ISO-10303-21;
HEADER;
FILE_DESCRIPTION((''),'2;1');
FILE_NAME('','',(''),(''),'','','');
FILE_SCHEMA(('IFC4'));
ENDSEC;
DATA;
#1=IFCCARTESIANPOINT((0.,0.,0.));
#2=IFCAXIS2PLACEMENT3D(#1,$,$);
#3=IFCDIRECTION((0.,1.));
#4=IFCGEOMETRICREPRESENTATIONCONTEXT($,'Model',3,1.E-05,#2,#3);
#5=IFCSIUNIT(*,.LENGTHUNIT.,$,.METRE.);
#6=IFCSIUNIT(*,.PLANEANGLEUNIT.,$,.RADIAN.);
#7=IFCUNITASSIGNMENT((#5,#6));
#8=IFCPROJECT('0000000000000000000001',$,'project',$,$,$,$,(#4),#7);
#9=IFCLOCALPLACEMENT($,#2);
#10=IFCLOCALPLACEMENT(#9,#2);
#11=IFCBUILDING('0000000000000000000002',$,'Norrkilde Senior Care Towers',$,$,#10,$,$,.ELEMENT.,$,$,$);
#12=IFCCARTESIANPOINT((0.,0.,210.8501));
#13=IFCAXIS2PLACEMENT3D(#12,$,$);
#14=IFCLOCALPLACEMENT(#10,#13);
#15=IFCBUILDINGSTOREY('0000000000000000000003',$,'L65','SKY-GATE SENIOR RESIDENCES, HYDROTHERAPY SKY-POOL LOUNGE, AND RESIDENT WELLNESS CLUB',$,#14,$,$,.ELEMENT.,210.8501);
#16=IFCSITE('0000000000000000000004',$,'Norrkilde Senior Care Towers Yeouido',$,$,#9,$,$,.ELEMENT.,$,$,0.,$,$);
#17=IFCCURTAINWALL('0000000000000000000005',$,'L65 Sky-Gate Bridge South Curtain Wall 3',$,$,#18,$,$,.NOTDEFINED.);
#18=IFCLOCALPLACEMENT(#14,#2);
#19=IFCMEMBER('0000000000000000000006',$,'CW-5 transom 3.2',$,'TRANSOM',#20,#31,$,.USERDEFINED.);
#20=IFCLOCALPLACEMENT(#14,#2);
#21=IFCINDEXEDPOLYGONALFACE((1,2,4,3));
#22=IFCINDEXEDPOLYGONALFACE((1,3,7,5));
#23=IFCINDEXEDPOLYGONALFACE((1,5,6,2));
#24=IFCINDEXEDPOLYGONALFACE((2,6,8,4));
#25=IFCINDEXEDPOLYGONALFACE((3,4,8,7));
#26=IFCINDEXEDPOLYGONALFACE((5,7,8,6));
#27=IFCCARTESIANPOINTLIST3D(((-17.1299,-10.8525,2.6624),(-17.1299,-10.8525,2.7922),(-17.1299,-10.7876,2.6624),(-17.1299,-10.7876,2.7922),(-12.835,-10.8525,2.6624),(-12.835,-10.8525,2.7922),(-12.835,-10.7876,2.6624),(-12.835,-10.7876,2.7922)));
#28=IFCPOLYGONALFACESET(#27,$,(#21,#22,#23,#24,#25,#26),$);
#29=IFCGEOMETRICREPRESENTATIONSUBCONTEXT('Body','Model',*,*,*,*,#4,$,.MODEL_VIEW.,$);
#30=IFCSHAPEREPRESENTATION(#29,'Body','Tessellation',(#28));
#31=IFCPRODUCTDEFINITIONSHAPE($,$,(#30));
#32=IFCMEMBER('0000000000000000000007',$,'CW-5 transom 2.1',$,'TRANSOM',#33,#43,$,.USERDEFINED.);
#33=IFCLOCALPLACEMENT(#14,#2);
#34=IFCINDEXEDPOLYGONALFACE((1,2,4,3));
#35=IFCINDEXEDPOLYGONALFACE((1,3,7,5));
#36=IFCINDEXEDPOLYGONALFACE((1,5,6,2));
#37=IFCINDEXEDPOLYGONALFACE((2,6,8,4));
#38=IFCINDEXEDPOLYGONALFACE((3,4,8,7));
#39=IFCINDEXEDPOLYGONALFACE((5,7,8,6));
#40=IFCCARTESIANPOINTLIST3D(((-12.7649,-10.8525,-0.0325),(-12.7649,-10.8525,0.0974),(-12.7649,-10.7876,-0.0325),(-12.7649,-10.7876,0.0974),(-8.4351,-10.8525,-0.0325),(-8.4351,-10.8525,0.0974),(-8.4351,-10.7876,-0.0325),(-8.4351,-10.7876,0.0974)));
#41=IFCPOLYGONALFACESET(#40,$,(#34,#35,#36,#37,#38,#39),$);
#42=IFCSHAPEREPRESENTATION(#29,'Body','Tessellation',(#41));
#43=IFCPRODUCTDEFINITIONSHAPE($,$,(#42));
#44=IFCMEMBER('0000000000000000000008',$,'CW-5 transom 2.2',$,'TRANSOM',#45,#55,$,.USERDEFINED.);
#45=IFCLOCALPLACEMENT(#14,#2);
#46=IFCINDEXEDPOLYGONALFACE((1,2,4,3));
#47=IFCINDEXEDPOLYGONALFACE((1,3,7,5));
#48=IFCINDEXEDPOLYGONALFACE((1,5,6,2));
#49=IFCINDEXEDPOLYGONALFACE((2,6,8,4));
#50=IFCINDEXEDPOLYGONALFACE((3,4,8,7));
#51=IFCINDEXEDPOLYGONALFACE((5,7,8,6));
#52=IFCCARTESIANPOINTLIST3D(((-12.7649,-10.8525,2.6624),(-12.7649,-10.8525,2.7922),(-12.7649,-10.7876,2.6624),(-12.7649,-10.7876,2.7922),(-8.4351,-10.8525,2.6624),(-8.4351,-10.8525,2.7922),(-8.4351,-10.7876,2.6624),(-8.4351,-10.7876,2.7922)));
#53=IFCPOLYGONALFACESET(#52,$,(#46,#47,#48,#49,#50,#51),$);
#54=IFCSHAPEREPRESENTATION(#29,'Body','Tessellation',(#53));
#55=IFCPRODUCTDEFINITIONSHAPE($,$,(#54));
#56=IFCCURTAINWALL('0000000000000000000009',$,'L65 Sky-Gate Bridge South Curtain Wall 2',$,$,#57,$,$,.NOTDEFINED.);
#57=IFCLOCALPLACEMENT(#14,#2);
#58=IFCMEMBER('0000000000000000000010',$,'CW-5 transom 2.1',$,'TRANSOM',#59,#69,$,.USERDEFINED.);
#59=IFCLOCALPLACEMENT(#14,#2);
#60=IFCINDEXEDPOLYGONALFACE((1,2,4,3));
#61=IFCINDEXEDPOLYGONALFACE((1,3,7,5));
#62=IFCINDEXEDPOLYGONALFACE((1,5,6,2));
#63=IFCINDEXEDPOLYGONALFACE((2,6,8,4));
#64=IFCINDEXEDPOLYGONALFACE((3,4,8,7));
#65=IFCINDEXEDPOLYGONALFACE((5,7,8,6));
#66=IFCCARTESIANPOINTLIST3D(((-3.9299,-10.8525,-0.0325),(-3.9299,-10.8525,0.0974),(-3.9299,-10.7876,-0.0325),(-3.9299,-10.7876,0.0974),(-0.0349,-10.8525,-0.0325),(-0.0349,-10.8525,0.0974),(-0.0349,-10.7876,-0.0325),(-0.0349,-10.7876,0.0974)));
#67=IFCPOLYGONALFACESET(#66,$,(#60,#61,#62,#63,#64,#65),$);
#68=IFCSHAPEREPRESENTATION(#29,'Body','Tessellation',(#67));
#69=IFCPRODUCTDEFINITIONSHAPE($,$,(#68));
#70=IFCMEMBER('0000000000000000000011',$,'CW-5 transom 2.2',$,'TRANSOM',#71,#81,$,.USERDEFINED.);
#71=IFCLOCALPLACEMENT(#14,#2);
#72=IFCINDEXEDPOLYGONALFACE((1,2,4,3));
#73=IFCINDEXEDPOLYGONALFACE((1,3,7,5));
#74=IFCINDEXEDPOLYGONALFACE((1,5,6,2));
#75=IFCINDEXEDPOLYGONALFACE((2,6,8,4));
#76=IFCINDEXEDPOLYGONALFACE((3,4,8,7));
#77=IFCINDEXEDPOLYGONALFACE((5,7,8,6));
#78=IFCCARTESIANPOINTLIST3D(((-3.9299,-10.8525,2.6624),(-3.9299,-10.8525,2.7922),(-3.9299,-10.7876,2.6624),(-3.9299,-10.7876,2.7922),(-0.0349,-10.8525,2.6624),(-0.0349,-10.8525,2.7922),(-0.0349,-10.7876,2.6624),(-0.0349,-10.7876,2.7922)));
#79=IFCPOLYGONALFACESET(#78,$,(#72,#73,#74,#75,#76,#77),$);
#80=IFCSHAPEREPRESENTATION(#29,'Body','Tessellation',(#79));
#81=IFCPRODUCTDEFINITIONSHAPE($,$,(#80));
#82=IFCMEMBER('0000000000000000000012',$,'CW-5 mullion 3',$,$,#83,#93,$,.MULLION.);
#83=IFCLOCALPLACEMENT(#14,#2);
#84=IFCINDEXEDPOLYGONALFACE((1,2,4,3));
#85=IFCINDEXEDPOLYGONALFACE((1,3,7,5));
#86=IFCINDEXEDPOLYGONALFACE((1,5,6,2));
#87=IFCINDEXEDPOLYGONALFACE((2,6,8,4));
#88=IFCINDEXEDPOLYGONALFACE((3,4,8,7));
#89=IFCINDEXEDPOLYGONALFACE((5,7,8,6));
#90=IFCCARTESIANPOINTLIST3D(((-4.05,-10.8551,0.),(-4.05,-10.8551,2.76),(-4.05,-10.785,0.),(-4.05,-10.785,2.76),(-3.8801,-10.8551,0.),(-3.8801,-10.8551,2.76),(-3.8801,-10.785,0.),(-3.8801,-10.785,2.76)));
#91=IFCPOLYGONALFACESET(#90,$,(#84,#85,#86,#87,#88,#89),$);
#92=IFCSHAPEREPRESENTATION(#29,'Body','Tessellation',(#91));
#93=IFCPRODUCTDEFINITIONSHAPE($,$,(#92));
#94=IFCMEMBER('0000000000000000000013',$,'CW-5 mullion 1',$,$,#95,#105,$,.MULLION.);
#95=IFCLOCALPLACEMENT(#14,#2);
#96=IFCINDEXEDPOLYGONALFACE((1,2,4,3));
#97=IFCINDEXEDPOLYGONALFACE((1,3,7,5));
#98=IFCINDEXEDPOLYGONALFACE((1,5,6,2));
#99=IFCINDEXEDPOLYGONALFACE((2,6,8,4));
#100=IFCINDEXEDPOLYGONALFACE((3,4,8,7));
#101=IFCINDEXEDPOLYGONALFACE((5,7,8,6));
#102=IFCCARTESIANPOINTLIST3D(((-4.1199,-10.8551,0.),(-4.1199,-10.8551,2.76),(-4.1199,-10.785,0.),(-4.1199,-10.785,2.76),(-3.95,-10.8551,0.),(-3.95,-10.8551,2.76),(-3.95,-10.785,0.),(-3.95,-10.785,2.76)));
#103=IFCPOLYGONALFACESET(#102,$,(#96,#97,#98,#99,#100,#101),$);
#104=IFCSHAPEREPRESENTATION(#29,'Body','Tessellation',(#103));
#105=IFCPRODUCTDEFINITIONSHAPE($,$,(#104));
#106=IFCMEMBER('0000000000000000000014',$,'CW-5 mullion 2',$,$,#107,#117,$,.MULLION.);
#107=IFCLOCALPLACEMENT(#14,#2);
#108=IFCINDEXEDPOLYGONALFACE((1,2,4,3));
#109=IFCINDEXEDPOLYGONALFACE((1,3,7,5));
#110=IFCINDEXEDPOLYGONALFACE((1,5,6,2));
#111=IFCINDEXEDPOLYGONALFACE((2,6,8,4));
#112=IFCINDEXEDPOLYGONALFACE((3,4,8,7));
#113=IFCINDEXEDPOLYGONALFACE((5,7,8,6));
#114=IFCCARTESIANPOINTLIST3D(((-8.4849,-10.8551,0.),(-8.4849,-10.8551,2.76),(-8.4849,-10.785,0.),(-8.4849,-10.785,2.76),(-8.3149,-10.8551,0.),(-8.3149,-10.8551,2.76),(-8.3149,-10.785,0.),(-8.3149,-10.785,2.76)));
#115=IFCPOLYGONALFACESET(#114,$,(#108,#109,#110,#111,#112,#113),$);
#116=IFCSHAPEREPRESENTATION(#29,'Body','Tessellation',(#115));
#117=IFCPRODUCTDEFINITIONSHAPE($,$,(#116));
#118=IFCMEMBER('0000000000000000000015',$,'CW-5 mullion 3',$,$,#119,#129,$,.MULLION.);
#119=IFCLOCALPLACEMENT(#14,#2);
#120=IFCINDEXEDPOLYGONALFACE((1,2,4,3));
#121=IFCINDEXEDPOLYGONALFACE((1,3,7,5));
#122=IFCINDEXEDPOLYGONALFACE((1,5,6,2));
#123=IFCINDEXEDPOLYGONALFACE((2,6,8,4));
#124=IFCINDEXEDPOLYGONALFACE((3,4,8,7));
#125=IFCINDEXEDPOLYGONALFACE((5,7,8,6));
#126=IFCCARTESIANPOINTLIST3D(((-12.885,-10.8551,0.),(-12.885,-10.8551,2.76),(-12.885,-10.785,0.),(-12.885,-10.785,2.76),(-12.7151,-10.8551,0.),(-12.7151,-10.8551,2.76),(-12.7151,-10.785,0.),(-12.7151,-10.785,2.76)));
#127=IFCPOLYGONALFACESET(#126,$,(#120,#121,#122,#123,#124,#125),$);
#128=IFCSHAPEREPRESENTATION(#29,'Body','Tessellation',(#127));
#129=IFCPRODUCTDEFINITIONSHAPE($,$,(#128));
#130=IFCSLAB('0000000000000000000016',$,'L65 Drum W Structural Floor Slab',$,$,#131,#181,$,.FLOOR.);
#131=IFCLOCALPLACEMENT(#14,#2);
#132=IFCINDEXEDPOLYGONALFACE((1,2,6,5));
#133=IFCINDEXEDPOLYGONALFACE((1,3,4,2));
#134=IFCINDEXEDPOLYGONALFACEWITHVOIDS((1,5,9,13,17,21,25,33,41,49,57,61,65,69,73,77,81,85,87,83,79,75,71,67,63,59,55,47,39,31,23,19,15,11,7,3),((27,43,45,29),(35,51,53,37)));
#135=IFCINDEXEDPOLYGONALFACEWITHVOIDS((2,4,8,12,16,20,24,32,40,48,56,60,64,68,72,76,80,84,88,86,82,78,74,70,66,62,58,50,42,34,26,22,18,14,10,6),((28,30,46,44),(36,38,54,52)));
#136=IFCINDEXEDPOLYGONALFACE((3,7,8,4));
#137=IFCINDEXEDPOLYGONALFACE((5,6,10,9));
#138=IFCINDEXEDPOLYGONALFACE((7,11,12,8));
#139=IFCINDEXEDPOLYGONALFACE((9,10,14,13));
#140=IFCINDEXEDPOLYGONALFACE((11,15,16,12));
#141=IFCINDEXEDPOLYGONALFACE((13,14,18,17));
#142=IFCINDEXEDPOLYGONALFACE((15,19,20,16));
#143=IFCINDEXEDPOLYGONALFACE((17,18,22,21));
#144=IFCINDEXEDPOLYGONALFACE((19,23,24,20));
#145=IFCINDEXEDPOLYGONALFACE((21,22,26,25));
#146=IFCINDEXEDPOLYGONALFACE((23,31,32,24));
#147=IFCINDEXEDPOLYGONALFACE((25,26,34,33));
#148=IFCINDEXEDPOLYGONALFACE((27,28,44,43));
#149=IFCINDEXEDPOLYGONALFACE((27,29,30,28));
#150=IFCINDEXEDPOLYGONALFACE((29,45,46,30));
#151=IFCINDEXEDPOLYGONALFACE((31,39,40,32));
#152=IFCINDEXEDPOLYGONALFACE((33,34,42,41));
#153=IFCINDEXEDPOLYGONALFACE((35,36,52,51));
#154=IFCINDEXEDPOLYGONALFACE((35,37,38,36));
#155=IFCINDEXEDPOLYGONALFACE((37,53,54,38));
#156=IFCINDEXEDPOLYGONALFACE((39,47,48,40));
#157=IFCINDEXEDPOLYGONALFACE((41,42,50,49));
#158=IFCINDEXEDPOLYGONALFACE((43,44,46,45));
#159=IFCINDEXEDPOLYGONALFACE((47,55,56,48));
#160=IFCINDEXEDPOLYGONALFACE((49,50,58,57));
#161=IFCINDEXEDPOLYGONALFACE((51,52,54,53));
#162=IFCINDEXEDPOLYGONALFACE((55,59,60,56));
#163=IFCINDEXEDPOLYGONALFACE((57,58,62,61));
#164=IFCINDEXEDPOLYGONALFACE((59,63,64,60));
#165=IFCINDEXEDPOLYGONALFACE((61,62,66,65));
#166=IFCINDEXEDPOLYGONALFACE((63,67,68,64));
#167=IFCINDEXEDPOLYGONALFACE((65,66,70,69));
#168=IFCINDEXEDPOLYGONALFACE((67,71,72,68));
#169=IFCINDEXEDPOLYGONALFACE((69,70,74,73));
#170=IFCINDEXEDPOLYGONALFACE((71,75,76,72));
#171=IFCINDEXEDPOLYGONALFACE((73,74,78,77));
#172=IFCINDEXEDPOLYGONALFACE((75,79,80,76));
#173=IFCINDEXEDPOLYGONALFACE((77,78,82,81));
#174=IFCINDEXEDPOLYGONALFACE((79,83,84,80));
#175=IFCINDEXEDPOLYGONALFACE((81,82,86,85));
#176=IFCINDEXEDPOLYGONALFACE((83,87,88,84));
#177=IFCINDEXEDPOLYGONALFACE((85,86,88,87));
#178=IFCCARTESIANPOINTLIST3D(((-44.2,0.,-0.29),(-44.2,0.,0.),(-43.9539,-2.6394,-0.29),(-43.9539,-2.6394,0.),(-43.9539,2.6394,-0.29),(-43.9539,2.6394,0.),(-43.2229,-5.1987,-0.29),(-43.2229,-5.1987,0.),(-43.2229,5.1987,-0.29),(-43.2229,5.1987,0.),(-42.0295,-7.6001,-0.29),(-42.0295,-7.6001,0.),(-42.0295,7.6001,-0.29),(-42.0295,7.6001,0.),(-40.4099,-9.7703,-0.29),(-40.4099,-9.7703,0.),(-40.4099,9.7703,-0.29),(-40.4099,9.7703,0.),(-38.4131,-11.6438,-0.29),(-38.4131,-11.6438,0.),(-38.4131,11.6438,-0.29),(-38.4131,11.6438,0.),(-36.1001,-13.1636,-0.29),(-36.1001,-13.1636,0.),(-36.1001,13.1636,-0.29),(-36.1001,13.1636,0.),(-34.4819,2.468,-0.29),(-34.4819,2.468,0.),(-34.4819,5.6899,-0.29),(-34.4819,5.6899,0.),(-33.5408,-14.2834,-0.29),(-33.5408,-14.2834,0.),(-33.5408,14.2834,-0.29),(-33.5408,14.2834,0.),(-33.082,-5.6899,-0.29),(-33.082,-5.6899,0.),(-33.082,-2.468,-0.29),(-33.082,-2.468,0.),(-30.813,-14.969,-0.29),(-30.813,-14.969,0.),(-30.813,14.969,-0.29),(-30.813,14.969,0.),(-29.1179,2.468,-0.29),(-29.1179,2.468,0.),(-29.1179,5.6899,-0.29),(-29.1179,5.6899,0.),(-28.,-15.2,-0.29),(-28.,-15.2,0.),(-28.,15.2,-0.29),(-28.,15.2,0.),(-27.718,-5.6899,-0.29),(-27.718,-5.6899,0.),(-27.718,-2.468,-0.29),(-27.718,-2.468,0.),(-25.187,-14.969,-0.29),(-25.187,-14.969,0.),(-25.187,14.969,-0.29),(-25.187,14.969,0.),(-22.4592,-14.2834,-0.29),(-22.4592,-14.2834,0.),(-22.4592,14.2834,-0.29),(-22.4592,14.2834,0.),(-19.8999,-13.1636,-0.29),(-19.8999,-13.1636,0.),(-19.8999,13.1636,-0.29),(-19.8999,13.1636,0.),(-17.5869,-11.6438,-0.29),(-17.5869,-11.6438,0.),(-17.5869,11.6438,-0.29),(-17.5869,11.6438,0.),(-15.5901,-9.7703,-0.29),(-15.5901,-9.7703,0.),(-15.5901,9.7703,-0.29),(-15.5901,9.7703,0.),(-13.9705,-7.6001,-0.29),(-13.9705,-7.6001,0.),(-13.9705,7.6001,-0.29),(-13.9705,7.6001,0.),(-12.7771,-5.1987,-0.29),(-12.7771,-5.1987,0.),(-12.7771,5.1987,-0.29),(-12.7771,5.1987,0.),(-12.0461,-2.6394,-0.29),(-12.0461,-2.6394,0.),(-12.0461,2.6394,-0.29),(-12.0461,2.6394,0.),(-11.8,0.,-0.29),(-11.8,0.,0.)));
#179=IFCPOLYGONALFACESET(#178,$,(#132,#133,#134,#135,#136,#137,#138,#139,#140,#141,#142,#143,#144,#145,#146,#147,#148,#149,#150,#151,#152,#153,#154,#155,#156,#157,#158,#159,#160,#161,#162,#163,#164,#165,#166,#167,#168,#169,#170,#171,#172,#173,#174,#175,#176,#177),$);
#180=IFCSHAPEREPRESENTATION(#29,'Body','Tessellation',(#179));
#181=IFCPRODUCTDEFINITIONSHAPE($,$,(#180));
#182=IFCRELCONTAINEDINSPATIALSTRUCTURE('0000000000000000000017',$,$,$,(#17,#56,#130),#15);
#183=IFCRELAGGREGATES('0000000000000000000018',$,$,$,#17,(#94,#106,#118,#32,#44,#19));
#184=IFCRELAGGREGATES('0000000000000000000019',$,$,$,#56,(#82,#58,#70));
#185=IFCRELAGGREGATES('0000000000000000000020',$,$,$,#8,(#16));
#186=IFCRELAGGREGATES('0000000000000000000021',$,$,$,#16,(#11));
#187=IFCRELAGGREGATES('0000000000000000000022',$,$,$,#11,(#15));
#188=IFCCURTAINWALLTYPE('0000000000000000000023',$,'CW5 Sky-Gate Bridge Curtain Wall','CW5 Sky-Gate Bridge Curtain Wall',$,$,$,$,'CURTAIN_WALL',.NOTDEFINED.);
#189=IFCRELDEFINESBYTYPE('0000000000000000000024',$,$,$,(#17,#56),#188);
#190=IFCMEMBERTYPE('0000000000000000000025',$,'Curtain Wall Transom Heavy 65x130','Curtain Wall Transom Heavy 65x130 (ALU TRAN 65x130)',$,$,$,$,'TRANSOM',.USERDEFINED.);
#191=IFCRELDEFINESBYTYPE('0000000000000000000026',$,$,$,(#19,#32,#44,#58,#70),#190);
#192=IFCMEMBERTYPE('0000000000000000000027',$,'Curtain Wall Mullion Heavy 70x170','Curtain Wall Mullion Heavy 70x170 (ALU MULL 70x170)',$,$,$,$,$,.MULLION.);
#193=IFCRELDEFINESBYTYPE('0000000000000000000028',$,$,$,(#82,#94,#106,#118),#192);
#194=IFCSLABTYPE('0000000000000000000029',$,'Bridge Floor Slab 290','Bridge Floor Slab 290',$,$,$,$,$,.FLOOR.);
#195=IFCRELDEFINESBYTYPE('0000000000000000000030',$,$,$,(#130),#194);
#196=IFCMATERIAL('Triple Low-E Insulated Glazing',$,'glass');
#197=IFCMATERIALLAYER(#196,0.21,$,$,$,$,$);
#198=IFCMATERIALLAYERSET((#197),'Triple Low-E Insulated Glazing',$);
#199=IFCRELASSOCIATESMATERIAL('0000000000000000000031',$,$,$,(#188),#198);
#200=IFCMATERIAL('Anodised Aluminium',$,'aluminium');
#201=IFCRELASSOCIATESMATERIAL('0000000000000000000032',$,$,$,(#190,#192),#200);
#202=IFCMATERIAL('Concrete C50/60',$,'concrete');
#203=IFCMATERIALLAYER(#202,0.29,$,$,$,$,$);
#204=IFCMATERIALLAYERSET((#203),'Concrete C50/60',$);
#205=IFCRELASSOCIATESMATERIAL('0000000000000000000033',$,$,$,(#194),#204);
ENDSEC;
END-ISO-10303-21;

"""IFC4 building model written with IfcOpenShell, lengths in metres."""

from ifc_helpers import new_model, si_unit, direction, frame, origin, origin_2d, place, context, subcontext, project, spatial, polyline, rectangle, outline, extrude, source, transform, mapped, material, layer, layer_set, material_profile, profile_set, type_object, type_shapes, element, aggregate, save


model = new_model("IFC4")

# Units and contexts
model_context = context("Model", 3, precision=1e-05, world=origin(), true_north=direction((0.0, 1.0)))
body_context = subcontext(model_context, "Body", "Model", "MODEL_VIEW")
ifc_project = project(units=[si_unit("LENGTHUNIT", "METRE"), si_unit("PLANEANGLEUNIT", "RADIAN")], contexts=[model_context])

# Site, building, storey
site_placement = place(None, origin())
site = spatial("IfcSite", under=ifc_project, at=site_placement, Name="Norrkilde Senior Care Towers Yeouido", CompositionType="ELEMENT", RefElevation=0.0)
building_placement = place(site_placement, origin())
building = spatial("IfcBuilding", under=site, at=building_placement, Name="Norrkilde Senior Care Towers", CompositionType="ELEMENT")
storey_placement = place(building_placement, frame((0.0, 0.0, 210.8501)))
storey = spatial("IfcBuildingStorey", under=building, at=storey_placement, Name="L65", Description="SKY-GATE SENIOR RESIDENCES, HYDROTHERAPY SKY-POOL LOUNGE, AND RESIDENT WELLNESS CLUB", CompositionType="ELEMENT", Elevation=210.8501)

# Curtain walls, members
ifc_material_1 = material(Name="Triple Low-E Insulated Glazing", Category="glass")
ifc_layer_1 = layer(ifc_material_1, 0.21)
ifc_layer_set_1 = layer_set([ifc_layer_1], Name="Triple Low-E Insulated Glazing")
curtain_wall_type = type_object("IfcCurtainWallType", Name="CW5 Sky-Gate Bridge Curtain Wall", Description="CW5 Sky-Gate Bridge Curtain Wall", ElementType="CURTAIN_WALL", PredefinedType="NOTDEFINED", material=ifc_layer_set_1)
curtain_wall_1_placement = place(storey_placement, origin())
curtain_wall_1 = element("IfcCurtainWall", 1, at=curtain_wall_1_placement, inside=storey, type_object=curtain_wall_type, Name="L65 Sky-Gate Bridge South Curtain Wall 3", PredefinedType="NOTDEFINED")
ifc_material_2 = material(Name="Anodised Aluminium", Category="aluminium")
ifc_material_profile_1 = material_profile(ifc_material_2, rectangle(XDim=0.0649, YDim=0.1299, at=origin_2d()), Name="ALU TRAN 65x130")
ifc_profile_set_1 = profile_set([ifc_material_profile_1], Name="Anodised Aluminium")
member_type_1 = type_object("IfcMemberType", Name="Curtain Wall Transom Heavy 65x130", Description="Curtain Wall Transom Heavy 65x130 (ALU TRAN 65x130)", ElementType="TRANSOM", PredefinedType="USERDEFINED", material=ifc_profile_set_1)
shared_shape_1 = source(origin(), body_context, "Body", "SweptSolid", [
    extrude(rectangle(XDim=0.0649, YDim=0.1299, at=origin_2d()), origin(), (0.0, 0.0, 1.0), 4.2949),
])
member_1_placement = place(storey_placement, frame((-12.835, -10.8201, 2.7273), z_axis=(-1.0, 0.0, 0.0), x_axis=(0.0, -1.0, 0.0)))
member_1 = element("IfcMember", 2, at=member_1_placement, type_object=member_type_1, Name="CW-5 transom 3.2", ObjectType="TRANSOM", PredefinedType="USERDEFINED", context=body_context, shape_type="MappedRepresentation", body=[
    mapped(shared_shape_1, transform((0.0, 0.0, 0.0), x_axis=(1.0, 0.0, 0.0), y_axis=(0.0, 1.0, 0.0), z_axis=(0.0, 0.0, 1.0), scale=1.0)),
])
shared_shape_2 = source(origin(), body_context, "Body", "SweptSolid", [
    extrude(rectangle(XDim=0.0649, YDim=0.1299, at=origin_2d()), origin(), (0.0, 0.0, 1.0), 4.3298),
])
member_2_placement = place(storey_placement, frame((-8.4351, -10.8201, 0.0325), z_axis=(-1.0, 0.0, 0.0), x_axis=(0.0, -1.0, 0.0)))
member_2 = element("IfcMember", 3, at=member_2_placement, type_object=member_type_1, Name="CW-5 transom 2.1", ObjectType="TRANSOM", PredefinedType="USERDEFINED", context=body_context, shape_type="MappedRepresentation", body=[
    mapped(shared_shape_2, transform((0.0, 0.0, 0.0), x_axis=(1.0, 0.0, 0.0), y_axis=(0.0, 1.0, 0.0), z_axis=(0.0, 0.0, 1.0), scale=1.0)),
])
member_3_placement = place(storey_placement, frame((-8.4351, -10.8201, 2.7273), z_axis=(-1.0, 0.0, 0.0), x_axis=(0.0, -1.0, 0.0)))
member_3 = element("IfcMember", 4, at=member_3_placement, type_object=member_type_1, Name="CW-5 transom 2.2", ObjectType="TRANSOM", PredefinedType="USERDEFINED", context=body_context, shape_type="MappedRepresentation", body=[
    mapped(shared_shape_2, transform((0.0, 0.0, 0.0), x_axis=(1.0, 0.0, 0.0), y_axis=(0.0, 1.0, 0.0), z_axis=(0.0, 0.0, 1.0), scale=1.0)),
])
curtain_wall_2_placement = place(storey_placement, origin())
curtain_wall_2 = element("IfcCurtainWall", 5, at=curtain_wall_2_placement, inside=storey, type_object=curtain_wall_type, Name="L65 Sky-Gate Bridge South Curtain Wall 2", PredefinedType="NOTDEFINED")
shared_shape_3 = source(origin(), body_context, "Body", "SweptSolid", [
    extrude(rectangle(XDim=0.0649, YDim=0.1299, at=origin_2d()), origin(), (0.0, 0.0, 1.0), 3.895),
])
type_shapes(member_type_1, [shared_shape_1, shared_shape_2, shared_shape_3])
member_4_placement = place(storey_placement, frame((-0.0349, -10.8201, 0.0325), z_axis=(-1.0, 0.0, 0.0), x_axis=(0.0, -1.0, 0.0)))
member_4 = element("IfcMember", 6, at=member_4_placement, type_object=member_type_1, Name="CW-5 transom 2.1", ObjectType="TRANSOM", PredefinedType="USERDEFINED", context=body_context, shape_type="MappedRepresentation", body=[
    mapped(shared_shape_3, transform((0.0, 0.0, 0.0), x_axis=(1.0, 0.0, 0.0), y_axis=(0.0, 1.0, 0.0), z_axis=(0.0, 0.0, 1.0), scale=1.0)),
])
member_5_placement = place(storey_placement, frame((-0.0349, -10.8201, 2.7273), z_axis=(-1.0, 0.0, 0.0), x_axis=(0.0, -1.0, 0.0)))
member_5 = element("IfcMember", 7, at=member_5_placement, type_object=member_type_1, Name="CW-5 transom 2.2", ObjectType="TRANSOM", PredefinedType="USERDEFINED", context=body_context, shape_type="MappedRepresentation", body=[
    mapped(shared_shape_3, transform((0.0, 0.0, 0.0), x_axis=(1.0, 0.0, 0.0), y_axis=(0.0, 1.0, 0.0), z_axis=(0.0, 0.0, 1.0), scale=1.0)),
])
ifc_material_profile_2 = material_profile(ifc_material_2, rectangle(XDim=0.0701, YDim=0.1699, at=origin_2d()), Name="ALU MULL 70x170")
ifc_profile_set_2 = profile_set([ifc_material_profile_2], Name="Anodised Aluminium")
member_type_2 = type_object("IfcMemberType", Name="Curtain Wall Mullion Heavy 70x170", Description="Curtain Wall Mullion Heavy 70x170 (ALU MULL 70x170)", PredefinedType="MULLION", material=ifc_profile_set_2)
shared_shape_4 = source(origin(), body_context, "Body", "SweptSolid", [
    extrude(rectangle(XDim=0.0701, YDim=0.1699, at=origin_2d()), origin(), (0.0, 0.0, 1.0), 2.76),
])
type_shapes(member_type_2, [shared_shape_4])
member_6_placement = place(storey_placement, frame((-3.9651, -10.8201, 0.0), z_axis=(0.0, 0.0, 1.0), x_axis=(0.0, -1.0, 0.0)))
member_6 = element("IfcMember", 8, at=member_6_placement, type_object=member_type_2, Name="CW-5 mullion 3", PredefinedType="MULLION", context=body_context, shape_type="MappedRepresentation", body=[
    mapped(shared_shape_4, transform((0.0, 0.0, 0.0), x_axis=(1.0, 0.0, 0.0), y_axis=(0.0, 1.0, 0.0), z_axis=(0.0, 0.0, 1.0), scale=1.0)),
])

# Members
member_7_placement = place(storey_placement, frame((-4.0349, -10.8201, 0.0), z_axis=(0.0, 0.0, 1.0), x_axis=(0.0, -1.0, 0.0)))
member_7 = element("IfcMember", 9, at=member_7_placement, type_object=member_type_2, Name="CW-5 mullion 1", PredefinedType="MULLION", context=body_context, shape_type="MappedRepresentation", body=[
    mapped(shared_shape_4, transform((0.0, 0.0, 0.0), x_axis=(1.0, 0.0, 0.0), y_axis=(0.0, 1.0, 0.0), z_axis=(0.0, 0.0, 1.0), scale=1.0)),
])
member_8_placement = place(storey_placement, frame((-8.3999, -10.8201, 0.0), z_axis=(0.0, 0.0, 1.0), x_axis=(0.0, -1.0, 0.0)))
member_8 = element("IfcMember", 10, at=member_8_placement, type_object=member_type_2, Name="CW-5 mullion 2", PredefinedType="MULLION", context=body_context, shape_type="MappedRepresentation", body=[
    mapped(shared_shape_4, transform((0.0, 0.0, 0.0), x_axis=(1.0, 0.0, 0.0), y_axis=(0.0, 1.0, 0.0), z_axis=(0.0, 0.0, 1.0), scale=1.0)),
])
member_9_placement = place(storey_placement, frame((-12.8, -10.8201, 0.0), z_axis=(0.0, 0.0, 1.0), x_axis=(0.0, -1.0, 0.0)))
member_9 = element("IfcMember", 11, at=member_9_placement, type_object=member_type_2, Name="CW-5 mullion 3", PredefinedType="MULLION", context=body_context, shape_type="MappedRepresentation", body=[
    mapped(shared_shape_4, transform((0.0, 0.0, 0.0), x_axis=(1.0, 0.0, 0.0), y_axis=(0.0, 1.0, 0.0), z_axis=(0.0, 0.0, 1.0), scale=1.0)),
])

# Slab
ifc_material_3 = material(Name="Concrete C50/60", Category="concrete")
ifc_layer_2 = layer(ifc_material_3, 0.29)
ifc_layer_set_2 = layer_set([ifc_layer_2], Name="Concrete C50/60")
slab_type = type_object("IfcSlabType", Name="Bridge Floor Slab 290", Description="Bridge Floor Slab 290", PredefinedType="FLOOR", material=ifc_layer_set_2)
slab_placement = place(storey_placement, frame((0.0, 0.0, -0.29)))
element("IfcSlab", 12, at=slab_placement, inside=storey, type_object=slab_type, Name="L65 Drum W Structural Floor Slab", PredefinedType="FLOOR", context=body_context, shape_type="SweptSolid", body=[
    extrude(outline(polyline([(-12.7771, -5.1987), (-13.9705, -7.6001), (-15.5901, -9.7703), (-17.5869, -11.6438), (-19.8999, -13.1636), (-22.4592, -14.2834), (-25.187, -14.969), (-28.0, -15.2), (-30.813, -14.969), (-33.5408, -14.2834), (-36.1001, -13.1636), (-38.4131, -11.6438), (-40.4099, -9.7703), (-42.0295, -7.6001), (-43.2229, -5.1987), (-43.9539, -2.6394), (-44.2, 0.0), (-43.9539, 2.6394), (-43.2229, 5.1987), (-42.0295, 7.6001), (-40.4099, 9.7703), (-38.4131, 11.6438), (-36.1001, 13.1636), (-33.5408, 14.2834), (-30.813, 14.969), (-28.0, 15.2), (-25.187, 14.969), (-22.4592, 14.2834), (-19.8999, 13.1636), (-17.5869, 11.6438), (-15.5901, 9.7703), (-13.9705, 7.6001), (-12.7771, 5.1987), (-12.0461, 2.6394), (-11.8, 0.0), (-12.0461, -2.6394), (-12.7771, -5.1987)]), holes=[polyline([(-34.4819, 2.468), (-29.1179, 2.468), (-29.1179, 5.6899), (-34.4819, 5.6899), (-34.4819, 2.468)]), polyline([(-27.718, -5.6899), (-27.718, -2.468), (-33.082, -2.468), (-33.082, -5.6899), (-27.718, -5.6899)])]), origin(), (0.0, 0.0, 1.0), 0.29),
])

aggregate(curtain_wall_1, [member_7, member_8, member_9, member_2, member_3, member_1])
aggregate(curtain_wall_2, [member_6, member_4, member_5])

save(model, "model.ifc")
